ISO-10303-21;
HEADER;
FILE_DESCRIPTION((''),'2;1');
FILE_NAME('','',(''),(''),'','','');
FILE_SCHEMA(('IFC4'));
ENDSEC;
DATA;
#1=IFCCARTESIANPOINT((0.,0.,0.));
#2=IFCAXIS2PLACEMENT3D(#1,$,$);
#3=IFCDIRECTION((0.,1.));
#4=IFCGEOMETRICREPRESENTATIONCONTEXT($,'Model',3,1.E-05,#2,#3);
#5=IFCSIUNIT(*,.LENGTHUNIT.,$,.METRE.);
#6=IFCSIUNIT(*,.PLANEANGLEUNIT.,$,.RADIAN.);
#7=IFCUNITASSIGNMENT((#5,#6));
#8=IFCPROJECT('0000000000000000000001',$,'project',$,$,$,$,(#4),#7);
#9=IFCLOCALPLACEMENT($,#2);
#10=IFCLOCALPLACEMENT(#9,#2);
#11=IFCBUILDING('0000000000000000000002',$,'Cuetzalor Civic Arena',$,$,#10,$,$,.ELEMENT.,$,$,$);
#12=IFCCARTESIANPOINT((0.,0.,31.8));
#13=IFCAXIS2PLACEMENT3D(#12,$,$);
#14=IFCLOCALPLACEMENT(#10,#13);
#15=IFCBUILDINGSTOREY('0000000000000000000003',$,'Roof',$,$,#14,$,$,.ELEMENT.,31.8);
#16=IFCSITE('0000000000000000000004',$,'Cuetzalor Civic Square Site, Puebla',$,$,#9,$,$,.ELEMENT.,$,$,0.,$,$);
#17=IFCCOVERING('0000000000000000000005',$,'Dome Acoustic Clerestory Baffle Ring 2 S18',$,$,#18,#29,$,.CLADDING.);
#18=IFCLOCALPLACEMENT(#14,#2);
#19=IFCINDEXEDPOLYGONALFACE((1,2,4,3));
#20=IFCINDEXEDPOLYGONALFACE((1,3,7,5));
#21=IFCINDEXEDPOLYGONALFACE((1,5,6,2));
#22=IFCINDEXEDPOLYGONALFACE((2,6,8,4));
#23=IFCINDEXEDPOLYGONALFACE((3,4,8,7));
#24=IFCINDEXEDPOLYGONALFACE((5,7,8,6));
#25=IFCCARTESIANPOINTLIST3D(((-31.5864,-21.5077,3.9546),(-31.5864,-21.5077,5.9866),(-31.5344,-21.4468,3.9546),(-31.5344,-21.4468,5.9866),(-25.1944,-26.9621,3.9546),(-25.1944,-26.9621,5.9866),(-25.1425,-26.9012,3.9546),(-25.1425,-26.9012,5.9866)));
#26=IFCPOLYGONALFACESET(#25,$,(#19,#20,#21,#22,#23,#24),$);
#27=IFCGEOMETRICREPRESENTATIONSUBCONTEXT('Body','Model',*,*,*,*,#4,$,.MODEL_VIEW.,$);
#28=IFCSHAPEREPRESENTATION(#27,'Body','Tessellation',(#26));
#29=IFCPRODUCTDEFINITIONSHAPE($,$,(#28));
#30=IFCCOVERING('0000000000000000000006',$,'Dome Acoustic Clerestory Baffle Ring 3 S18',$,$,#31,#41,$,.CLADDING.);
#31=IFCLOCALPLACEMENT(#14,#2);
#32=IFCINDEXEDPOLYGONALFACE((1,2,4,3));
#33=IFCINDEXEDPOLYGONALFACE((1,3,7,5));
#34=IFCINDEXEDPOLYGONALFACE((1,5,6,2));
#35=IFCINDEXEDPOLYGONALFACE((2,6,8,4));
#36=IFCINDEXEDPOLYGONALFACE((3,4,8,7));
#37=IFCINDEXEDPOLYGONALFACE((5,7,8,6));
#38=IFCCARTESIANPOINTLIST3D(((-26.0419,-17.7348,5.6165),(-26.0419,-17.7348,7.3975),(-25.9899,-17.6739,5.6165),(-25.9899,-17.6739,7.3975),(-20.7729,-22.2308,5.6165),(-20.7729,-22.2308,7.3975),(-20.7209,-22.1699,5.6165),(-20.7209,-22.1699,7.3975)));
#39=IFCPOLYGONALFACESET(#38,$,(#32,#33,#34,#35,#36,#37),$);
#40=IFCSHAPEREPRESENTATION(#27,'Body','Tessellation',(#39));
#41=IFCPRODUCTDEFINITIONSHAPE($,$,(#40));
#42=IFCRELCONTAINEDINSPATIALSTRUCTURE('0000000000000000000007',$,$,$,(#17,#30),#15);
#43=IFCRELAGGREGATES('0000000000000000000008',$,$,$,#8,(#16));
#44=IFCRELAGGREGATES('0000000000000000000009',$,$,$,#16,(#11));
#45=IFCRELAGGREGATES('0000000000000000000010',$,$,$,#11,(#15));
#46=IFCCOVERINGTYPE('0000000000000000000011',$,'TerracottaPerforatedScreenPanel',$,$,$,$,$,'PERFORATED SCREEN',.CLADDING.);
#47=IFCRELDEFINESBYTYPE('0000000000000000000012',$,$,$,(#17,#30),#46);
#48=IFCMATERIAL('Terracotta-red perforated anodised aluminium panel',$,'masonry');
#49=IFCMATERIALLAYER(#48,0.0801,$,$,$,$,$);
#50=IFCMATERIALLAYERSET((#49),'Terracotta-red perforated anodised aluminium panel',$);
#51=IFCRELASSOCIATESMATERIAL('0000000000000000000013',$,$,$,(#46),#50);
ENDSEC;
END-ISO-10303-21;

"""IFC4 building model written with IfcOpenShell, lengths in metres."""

from ifc_helpers import new_model, si_unit, direction, frame, frame_2d, origin, place, context, subcontext, project, spatial, rectangle, extrude, material, layer, layer_set, type_object, element, save


model = new_model("IFC4")

# Units and contexts
model_context = context("Model", 3, precision=1e-05, world=origin(), true_north=direction((0.0, 1.0)))
body_context = subcontext(model_context, "Body", "Model", "MODEL_VIEW")
ifc_project = project(units=[si_unit("LENGTHUNIT", "METRE"), si_unit("PLANEANGLEUNIT", "RADIAN")], contexts=[model_context])

# Site, building, storey
site_placement = place(None, origin())
site = spatial("IfcSite", under=ifc_project, at=site_placement, Name="Cuetzalor Civic Square Site, Puebla", CompositionType="ELEMENT", RefElevation=0.0)
building_placement = place(site_placement, origin())
building = spatial("IfcBuilding", under=site, at=building_placement, Name="Cuetzalor Civic Arena", CompositionType="ELEMENT")
storey_placement = place(building_placement, frame((0.0, 0.0, 31.8)))
storey = spatial("IfcBuildingStorey", under=building, at=storey_placement, Name="Roof", CompositionType="ELEMENT", Elevation=31.8)

# Coverings
ifc_material_1 = material(Name="Terracotta-red perforated anodised aluminium panel", Category="masonry")
ifc_layer_1 = layer(ifc_material_1, 0.0801)
ifc_layer_set_1 = layer_set([ifc_layer_1], Name="Terracotta-red perforated anodised aluminium panel")
covering_type = type_object("IfcCoveringType", Name="TerracottaPerforatedScreenPanel", ElementType="PERFORATED SCREEN", PredefinedType="CLADDING", material=ifc_layer_set_1)
covering_1_placement = place(storey_placement, frame((-25.1685, -26.9316, 3.9546), z_axis=(0.0, 0.0, 1.0), x_axis=(-0.760688, 0.649117, 0.0)))
element("IfcCovering", 1, at=covering_1_placement, inside=storey, type_object=covering_type, Name="Dome Acoustic Clerestory Baffle Ring 2 S18", PredefinedType="CLADDING", context=body_context, shape_type="SweptSolid", body=[
    extrude(rectangle(XDim=8.4028, YDim=0.0801, at=frame_2d((4.2014, 0.0))), origin(), (0.0, 0.0, 1.0), 2.032),
])
covering_2_placement = place(storey_placement, frame((-20.7468, -22.2004, 5.6165), z_axis=(0.0, 0.0, 1.0), x_axis=(-0.760698, 0.649106, 0.0)))
element("IfcCovering", 2, at=covering_2_placement, inside=storey, type_object=covering_type, Name="Dome Acoustic Clerestory Baffle Ring 3 S18", PredefinedType="CLADDING", context=body_context, shape_type="SweptSolid", body=[
    extrude(rectangle(XDim=6.9265, YDim=0.0801, at=frame_2d((3.4634, 0.0))), origin(), (0.0, 0.0, 1.0), 1.781),
])

save(model, "model.ifc")
